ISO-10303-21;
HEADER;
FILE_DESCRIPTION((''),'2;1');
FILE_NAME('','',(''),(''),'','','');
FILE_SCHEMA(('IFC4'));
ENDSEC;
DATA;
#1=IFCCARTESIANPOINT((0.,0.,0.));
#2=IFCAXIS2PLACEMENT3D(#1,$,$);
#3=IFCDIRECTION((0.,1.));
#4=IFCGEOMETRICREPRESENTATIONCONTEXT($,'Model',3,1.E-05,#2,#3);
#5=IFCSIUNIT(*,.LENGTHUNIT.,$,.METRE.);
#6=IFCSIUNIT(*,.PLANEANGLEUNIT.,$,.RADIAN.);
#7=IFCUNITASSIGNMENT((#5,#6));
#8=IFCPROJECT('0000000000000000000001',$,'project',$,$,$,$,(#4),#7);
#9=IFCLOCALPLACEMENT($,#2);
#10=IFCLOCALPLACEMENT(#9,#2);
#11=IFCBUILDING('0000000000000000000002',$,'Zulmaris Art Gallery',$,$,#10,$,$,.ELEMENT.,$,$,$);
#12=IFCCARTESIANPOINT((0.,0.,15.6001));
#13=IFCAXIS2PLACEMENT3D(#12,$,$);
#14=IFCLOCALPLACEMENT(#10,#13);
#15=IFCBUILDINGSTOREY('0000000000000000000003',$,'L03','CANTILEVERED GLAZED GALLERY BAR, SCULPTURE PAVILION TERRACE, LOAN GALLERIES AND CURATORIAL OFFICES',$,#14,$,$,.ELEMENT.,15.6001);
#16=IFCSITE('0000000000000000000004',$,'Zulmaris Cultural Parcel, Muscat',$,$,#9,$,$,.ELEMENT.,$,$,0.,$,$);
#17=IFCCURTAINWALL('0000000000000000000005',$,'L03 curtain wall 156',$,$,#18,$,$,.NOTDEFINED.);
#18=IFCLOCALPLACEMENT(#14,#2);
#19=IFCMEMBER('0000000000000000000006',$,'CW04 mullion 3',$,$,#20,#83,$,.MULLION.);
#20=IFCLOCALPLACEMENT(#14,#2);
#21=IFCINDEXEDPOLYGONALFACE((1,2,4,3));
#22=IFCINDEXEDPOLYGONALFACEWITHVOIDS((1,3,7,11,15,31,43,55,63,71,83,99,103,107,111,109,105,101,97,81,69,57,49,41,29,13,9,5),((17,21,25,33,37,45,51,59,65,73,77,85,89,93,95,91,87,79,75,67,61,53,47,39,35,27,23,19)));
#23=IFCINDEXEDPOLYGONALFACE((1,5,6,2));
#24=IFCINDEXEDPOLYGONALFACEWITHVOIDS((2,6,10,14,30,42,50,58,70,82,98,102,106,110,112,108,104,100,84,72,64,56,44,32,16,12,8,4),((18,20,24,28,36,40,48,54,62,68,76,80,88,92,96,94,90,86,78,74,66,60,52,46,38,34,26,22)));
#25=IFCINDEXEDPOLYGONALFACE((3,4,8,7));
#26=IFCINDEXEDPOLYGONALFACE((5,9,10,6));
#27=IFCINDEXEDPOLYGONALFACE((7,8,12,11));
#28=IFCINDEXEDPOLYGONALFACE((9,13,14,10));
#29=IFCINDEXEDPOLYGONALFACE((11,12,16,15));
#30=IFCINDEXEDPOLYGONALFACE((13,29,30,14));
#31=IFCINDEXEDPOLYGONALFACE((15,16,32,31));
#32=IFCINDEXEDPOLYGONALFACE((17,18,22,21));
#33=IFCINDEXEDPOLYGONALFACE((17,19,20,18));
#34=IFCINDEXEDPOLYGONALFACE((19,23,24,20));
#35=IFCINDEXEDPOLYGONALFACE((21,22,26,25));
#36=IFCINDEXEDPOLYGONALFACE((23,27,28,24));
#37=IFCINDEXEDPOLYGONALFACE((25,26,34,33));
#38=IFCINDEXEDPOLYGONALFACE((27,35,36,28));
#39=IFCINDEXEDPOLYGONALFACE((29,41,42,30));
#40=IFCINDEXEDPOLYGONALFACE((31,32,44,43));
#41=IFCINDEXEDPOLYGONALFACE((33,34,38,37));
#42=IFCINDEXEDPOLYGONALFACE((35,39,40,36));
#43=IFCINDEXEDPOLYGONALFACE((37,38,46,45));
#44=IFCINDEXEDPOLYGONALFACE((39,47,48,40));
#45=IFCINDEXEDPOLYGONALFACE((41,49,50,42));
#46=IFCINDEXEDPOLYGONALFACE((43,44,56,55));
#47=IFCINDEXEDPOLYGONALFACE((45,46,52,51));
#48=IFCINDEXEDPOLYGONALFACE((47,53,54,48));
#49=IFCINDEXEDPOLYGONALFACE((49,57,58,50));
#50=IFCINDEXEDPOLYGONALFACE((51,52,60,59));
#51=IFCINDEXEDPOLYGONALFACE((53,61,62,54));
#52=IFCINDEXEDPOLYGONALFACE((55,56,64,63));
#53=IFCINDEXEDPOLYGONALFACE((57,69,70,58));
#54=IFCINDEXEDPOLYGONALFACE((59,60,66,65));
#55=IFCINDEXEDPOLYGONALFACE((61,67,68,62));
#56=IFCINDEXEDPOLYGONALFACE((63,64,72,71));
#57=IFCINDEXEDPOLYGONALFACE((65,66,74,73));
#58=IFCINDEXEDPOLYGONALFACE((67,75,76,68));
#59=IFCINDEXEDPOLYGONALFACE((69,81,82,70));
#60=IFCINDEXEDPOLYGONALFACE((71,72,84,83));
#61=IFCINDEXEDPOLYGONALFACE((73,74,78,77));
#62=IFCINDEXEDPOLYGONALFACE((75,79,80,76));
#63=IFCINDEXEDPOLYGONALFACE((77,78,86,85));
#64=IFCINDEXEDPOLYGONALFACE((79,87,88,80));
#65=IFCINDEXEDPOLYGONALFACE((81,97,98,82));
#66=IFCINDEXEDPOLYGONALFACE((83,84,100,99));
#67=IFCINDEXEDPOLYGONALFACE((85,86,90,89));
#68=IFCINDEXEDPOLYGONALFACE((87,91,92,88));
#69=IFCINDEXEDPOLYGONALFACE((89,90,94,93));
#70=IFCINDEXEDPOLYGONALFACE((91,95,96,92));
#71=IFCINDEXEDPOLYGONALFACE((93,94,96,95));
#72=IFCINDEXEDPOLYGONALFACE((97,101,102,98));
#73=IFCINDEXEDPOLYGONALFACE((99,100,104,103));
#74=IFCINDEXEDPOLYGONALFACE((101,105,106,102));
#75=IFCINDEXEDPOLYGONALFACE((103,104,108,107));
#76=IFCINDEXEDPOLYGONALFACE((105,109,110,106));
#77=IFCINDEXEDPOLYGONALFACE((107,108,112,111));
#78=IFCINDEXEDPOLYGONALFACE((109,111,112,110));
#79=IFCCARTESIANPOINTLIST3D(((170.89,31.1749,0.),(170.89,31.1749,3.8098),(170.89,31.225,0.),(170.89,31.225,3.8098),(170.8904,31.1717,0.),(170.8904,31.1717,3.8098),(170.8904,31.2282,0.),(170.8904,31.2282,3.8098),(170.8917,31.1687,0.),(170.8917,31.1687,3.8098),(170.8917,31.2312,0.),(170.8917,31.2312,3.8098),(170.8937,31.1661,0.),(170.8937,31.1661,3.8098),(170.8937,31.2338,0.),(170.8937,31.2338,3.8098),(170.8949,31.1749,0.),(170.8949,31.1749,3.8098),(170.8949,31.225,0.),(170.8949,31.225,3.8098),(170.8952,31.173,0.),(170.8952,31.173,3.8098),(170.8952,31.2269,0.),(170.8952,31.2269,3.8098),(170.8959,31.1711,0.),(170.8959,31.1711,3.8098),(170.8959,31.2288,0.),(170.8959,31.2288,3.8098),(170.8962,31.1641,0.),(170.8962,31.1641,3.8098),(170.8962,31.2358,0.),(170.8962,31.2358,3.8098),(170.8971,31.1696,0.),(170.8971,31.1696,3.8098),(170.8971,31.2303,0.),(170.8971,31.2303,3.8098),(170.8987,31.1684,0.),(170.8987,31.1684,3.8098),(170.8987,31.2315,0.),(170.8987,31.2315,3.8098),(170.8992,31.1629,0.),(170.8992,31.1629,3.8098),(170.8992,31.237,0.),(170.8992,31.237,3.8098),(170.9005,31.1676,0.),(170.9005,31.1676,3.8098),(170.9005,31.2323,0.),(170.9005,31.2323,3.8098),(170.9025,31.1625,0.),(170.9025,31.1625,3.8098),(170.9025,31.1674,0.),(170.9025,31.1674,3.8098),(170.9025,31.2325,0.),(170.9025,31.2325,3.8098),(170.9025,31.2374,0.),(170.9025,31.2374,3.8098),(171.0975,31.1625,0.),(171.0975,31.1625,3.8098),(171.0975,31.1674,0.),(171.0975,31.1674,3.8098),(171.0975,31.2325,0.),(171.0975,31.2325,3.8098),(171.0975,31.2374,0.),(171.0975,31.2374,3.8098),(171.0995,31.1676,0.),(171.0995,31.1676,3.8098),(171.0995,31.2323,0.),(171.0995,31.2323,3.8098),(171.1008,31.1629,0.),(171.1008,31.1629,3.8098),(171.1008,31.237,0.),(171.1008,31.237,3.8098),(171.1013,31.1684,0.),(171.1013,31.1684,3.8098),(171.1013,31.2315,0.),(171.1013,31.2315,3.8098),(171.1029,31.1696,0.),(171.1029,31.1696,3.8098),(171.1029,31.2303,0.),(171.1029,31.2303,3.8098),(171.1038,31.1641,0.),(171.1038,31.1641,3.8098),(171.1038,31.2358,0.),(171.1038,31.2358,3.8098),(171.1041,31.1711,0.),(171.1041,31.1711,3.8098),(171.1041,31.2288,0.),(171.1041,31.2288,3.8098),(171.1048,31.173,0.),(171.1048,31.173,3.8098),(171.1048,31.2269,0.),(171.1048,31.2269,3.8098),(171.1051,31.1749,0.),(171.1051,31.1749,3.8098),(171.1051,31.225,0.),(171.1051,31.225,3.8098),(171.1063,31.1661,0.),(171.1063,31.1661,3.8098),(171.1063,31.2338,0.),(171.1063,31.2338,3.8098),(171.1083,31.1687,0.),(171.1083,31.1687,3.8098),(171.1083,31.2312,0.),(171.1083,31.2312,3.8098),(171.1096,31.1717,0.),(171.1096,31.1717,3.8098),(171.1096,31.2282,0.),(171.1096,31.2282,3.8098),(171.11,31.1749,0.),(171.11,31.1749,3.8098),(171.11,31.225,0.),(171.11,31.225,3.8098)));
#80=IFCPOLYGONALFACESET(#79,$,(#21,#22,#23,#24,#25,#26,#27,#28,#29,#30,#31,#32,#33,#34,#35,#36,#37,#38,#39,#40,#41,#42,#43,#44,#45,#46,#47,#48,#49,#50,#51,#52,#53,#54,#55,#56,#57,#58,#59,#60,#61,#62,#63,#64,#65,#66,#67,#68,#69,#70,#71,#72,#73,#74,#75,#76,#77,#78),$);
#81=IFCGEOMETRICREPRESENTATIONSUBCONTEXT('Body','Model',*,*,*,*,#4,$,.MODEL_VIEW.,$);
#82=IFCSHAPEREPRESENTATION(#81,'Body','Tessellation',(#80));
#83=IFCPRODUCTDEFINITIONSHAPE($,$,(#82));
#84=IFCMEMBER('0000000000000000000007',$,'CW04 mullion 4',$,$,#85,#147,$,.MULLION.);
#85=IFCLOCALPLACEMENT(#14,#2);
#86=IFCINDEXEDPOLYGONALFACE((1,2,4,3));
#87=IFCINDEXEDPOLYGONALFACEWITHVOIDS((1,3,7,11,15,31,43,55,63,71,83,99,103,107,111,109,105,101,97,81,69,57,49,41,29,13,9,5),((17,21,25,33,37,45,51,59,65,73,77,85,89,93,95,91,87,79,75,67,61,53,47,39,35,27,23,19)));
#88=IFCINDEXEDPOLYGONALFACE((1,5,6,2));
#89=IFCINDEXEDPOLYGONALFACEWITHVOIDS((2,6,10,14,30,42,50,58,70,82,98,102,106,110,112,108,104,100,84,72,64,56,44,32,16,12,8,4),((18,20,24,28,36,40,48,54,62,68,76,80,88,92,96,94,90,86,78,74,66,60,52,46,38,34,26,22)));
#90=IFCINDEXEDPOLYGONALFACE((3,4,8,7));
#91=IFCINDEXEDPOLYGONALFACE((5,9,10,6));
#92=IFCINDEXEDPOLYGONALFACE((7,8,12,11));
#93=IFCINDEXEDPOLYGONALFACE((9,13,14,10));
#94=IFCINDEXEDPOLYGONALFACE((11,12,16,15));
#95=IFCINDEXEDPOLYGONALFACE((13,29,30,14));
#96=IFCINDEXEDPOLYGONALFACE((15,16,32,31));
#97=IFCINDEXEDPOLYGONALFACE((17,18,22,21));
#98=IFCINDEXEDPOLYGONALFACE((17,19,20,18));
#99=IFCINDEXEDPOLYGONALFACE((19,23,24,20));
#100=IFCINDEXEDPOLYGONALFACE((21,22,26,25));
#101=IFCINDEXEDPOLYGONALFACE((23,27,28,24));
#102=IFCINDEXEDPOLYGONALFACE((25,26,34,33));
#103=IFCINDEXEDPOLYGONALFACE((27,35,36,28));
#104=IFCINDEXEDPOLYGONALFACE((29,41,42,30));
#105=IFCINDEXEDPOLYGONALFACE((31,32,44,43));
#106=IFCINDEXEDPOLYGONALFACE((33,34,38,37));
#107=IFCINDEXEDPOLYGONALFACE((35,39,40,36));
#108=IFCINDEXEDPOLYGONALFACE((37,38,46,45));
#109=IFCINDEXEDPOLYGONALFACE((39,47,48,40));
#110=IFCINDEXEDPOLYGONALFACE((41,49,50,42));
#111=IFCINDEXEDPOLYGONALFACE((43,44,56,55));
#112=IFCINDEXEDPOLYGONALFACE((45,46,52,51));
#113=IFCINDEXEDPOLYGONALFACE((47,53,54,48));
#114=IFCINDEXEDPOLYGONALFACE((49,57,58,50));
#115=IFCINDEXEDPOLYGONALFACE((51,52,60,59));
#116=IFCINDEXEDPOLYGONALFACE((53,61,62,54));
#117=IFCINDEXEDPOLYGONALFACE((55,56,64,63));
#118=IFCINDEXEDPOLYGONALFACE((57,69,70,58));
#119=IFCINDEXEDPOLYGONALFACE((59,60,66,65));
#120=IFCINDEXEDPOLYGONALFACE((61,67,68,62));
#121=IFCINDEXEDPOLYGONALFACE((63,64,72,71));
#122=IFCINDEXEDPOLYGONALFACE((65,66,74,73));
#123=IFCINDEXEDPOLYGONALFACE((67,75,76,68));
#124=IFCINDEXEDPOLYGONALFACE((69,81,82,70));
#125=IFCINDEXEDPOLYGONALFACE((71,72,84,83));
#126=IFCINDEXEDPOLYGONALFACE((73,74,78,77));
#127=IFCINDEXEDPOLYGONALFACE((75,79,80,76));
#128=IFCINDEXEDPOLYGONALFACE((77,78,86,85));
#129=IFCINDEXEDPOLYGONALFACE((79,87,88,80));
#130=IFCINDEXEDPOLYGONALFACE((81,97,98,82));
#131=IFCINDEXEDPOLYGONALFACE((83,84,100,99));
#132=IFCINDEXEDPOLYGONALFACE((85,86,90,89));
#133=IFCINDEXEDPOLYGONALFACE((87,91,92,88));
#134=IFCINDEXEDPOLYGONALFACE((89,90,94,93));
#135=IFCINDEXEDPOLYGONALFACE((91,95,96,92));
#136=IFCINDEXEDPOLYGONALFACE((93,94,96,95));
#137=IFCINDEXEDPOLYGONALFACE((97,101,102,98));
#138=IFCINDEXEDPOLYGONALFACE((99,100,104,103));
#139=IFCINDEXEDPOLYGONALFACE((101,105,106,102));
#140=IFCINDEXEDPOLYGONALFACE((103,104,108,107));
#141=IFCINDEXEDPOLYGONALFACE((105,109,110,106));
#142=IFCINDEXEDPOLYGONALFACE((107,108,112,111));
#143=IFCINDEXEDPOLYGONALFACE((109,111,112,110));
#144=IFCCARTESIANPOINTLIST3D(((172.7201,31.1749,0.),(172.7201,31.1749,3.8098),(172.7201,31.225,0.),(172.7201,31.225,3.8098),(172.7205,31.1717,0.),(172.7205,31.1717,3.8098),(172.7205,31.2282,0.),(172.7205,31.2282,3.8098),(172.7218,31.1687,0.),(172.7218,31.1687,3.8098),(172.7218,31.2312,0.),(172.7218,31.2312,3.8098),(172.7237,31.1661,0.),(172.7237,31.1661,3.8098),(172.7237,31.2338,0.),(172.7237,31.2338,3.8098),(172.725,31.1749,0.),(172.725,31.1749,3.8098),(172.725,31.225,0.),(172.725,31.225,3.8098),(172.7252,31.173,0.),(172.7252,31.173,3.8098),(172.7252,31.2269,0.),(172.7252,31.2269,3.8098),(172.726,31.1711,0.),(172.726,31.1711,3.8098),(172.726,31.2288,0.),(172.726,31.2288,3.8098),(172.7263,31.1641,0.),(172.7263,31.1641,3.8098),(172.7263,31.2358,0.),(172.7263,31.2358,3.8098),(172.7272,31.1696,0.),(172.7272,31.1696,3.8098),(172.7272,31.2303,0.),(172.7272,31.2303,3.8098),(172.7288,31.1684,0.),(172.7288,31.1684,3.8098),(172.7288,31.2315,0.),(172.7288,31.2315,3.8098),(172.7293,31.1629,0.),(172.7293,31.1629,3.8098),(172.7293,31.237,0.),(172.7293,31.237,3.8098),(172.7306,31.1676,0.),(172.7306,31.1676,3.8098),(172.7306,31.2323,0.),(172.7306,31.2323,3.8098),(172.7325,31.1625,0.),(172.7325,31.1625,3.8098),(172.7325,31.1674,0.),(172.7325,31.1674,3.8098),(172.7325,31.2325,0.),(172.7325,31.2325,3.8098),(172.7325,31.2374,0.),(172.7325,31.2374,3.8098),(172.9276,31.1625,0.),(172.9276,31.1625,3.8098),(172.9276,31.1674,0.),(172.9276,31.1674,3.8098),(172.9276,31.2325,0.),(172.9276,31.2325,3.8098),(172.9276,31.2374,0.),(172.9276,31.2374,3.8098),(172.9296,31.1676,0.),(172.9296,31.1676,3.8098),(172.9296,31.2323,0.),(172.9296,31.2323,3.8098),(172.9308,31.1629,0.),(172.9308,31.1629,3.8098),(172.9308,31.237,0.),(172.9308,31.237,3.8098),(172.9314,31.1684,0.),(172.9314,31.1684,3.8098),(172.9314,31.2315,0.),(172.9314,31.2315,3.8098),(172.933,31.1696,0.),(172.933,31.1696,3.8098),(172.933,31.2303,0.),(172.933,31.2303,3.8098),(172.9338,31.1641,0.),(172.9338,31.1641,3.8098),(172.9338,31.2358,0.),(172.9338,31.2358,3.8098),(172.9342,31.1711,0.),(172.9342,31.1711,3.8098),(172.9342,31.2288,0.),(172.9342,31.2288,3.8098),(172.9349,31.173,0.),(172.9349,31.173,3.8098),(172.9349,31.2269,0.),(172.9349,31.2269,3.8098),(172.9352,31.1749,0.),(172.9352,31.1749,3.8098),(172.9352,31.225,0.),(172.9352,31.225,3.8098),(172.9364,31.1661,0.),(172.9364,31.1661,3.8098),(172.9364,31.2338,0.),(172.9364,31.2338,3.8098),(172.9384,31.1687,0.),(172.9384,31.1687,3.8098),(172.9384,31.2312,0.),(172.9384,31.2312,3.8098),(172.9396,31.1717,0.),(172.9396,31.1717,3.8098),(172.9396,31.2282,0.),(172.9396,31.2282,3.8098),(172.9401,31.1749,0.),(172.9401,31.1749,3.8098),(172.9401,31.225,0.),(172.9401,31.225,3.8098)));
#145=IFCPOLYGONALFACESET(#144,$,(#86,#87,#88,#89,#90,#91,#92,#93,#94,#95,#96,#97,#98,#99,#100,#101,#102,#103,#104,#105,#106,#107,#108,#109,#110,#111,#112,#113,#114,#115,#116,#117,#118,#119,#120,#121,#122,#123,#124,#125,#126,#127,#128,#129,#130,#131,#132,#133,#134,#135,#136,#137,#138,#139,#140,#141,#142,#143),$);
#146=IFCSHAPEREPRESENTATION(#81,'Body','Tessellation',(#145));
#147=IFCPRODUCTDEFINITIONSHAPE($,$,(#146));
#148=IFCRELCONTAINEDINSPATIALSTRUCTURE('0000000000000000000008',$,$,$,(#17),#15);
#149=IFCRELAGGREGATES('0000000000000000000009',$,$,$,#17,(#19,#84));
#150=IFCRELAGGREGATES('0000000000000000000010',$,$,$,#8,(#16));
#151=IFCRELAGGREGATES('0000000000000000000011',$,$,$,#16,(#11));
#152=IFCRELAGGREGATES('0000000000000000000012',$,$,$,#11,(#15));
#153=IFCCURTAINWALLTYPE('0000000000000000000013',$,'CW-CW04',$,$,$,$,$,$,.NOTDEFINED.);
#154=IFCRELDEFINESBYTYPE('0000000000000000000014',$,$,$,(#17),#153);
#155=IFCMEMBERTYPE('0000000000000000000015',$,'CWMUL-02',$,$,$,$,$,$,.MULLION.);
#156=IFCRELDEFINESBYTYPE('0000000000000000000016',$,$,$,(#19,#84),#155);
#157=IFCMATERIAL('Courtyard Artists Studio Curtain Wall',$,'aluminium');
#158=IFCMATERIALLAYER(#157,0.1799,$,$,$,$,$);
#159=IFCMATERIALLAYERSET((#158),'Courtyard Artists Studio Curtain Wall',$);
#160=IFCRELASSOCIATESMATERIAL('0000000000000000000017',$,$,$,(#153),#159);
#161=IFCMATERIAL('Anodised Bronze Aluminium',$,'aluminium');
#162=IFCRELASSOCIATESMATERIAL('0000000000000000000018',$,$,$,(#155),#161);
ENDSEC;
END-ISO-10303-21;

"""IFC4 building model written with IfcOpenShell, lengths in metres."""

from ifc_helpers import new_model, si_unit, direction, frame, origin, origin_2d, place, context, subcontext, project, spatial, hollow_rectangle, extrude, material, layer, layer_set, material_profile, profile_set, type_object, element, aggregate, save


model = new_model("IFC4")

# Units and contexts
model_context = context("Model", 3, precision=1e-05, world=origin(), true_north=direction((0.0, 1.0)))
body_context = subcontext(model_context, "Body", "Model", "MODEL_VIEW")
ifc_project = project(units=[si_unit("LENGTHUNIT", "METRE"), si_unit("PLANEANGLEUNIT", "RADIAN")], contexts=[model_context])

# Site, building, storey
site_placement = place(None, origin())
site = spatial("IfcSite", under=ifc_project, at=site_placement, Name="Zulmaris Cultural Parcel, Muscat", CompositionType="ELEMENT", RefElevation=0.0)
building_placement = place(site_placement, origin())
building = spatial("IfcBuilding", under=site, at=building_placement, Name="Zulmaris Art Gallery", CompositionType="ELEMENT")
storey_placement = place(building_placement, frame((0.0, 0.0, 15.6001)))
storey = spatial("IfcBuildingStorey", under=building, at=storey_placement, Name="L03", Description="CANTILEVERED GLAZED GALLERY BAR, SCULPTURE PAVILION TERRACE, LOAN GALLERIES AND CURATORIAL OFFICES", CompositionType="ELEMENT", Elevation=15.6001)

# Shared definitions
ifc_material_1 = material(Name="Courtyard Artists Studio Curtain Wall", Category="aluminium")
ifc_layer_1 = layer(ifc_material_1, 0.1799)
ifc_layer_set_1 = layer_set([ifc_layer_1], Name="Courtyard Artists Studio Curtain Wall")
curtain_wall_type = type_object("IfcCurtainWallType", Name="CW-CW04", PredefinedType="NOTDEFINED", material=ifc_layer_set_1)
ifc_material_2 = material(Name="Anodised Bronze Aluminium", Category="aluminium")
ifc_material_profile_1 = material_profile(ifc_material_2, hollow_rectangle(XDim=0.075, YDim=0.22, WallThickness=0.0049, InnerFilletRadius=0.0076, OuterFilletRadius=0.0125, at=origin_2d()), Name="ALU 75x220x5")
ifc_profile_set_1 = profile_set([ifc_material_profile_1], Name="Anodised Bronze Aluminium")
member_type_1 = type_object("IfcMemberType", Name="CWMUL-02", PredefinedType="MULLION", material=ifc_profile_set_1)

# Curtain wall, members
curtain_wall_1_placement = place(storey_placement, origin())
curtain_wall_1 = element("IfcCurtainWall", 1, at=curtain_wall_1_placement, inside=storey, type_object=curtain_wall_type, Name="L03 curtain wall 156", PredefinedType="NOTDEFINED")
member_1_placement = place(storey_placement, frame((171.0, 31.2, 0.0), z_axis=(0.0, 0.0, 1.0), x_axis=(0.0, 1.0, 0.0)))
member_1 = element("IfcMember", 2, at=member_1_placement, type_object=member_type_1, Name="CW04 mullion 3", PredefinedType="MULLION", context=body_context, shape_type="SweptSolid", body=[
    extrude(hollow_rectangle(XDim=0.075, YDim=0.22, WallThickness=0.0049, InnerFilletRadius=0.0076, OuterFilletRadius=0.0125, at=origin_2d()), origin(), (0.0, 0.0, 1.0), 3.8098),
])
member_2_placement = place(storey_placement, frame((172.8301, 31.2, 0.0), z_axis=(0.0, 0.0, 1.0), x_axis=(0.0, 1.0, 0.0)))
member_2 = element("IfcMember", 3, at=member_2_placement, type_object=member_type_1, Name="CW04 mullion 4", PredefinedType="MULLION", context=body_context, shape_type="SweptSolid", body=[
    extrude(hollow_rectangle(XDim=0.075, YDim=0.22, WallThickness=0.0049, InnerFilletRadius=0.0076, OuterFilletRadius=0.0125, at=origin_2d()), origin(), (0.0, 0.0, 1.0), 3.8098),
])

aggregate(curtain_wall_1, [member_1, member_2])

save(model, "model.ifc")
